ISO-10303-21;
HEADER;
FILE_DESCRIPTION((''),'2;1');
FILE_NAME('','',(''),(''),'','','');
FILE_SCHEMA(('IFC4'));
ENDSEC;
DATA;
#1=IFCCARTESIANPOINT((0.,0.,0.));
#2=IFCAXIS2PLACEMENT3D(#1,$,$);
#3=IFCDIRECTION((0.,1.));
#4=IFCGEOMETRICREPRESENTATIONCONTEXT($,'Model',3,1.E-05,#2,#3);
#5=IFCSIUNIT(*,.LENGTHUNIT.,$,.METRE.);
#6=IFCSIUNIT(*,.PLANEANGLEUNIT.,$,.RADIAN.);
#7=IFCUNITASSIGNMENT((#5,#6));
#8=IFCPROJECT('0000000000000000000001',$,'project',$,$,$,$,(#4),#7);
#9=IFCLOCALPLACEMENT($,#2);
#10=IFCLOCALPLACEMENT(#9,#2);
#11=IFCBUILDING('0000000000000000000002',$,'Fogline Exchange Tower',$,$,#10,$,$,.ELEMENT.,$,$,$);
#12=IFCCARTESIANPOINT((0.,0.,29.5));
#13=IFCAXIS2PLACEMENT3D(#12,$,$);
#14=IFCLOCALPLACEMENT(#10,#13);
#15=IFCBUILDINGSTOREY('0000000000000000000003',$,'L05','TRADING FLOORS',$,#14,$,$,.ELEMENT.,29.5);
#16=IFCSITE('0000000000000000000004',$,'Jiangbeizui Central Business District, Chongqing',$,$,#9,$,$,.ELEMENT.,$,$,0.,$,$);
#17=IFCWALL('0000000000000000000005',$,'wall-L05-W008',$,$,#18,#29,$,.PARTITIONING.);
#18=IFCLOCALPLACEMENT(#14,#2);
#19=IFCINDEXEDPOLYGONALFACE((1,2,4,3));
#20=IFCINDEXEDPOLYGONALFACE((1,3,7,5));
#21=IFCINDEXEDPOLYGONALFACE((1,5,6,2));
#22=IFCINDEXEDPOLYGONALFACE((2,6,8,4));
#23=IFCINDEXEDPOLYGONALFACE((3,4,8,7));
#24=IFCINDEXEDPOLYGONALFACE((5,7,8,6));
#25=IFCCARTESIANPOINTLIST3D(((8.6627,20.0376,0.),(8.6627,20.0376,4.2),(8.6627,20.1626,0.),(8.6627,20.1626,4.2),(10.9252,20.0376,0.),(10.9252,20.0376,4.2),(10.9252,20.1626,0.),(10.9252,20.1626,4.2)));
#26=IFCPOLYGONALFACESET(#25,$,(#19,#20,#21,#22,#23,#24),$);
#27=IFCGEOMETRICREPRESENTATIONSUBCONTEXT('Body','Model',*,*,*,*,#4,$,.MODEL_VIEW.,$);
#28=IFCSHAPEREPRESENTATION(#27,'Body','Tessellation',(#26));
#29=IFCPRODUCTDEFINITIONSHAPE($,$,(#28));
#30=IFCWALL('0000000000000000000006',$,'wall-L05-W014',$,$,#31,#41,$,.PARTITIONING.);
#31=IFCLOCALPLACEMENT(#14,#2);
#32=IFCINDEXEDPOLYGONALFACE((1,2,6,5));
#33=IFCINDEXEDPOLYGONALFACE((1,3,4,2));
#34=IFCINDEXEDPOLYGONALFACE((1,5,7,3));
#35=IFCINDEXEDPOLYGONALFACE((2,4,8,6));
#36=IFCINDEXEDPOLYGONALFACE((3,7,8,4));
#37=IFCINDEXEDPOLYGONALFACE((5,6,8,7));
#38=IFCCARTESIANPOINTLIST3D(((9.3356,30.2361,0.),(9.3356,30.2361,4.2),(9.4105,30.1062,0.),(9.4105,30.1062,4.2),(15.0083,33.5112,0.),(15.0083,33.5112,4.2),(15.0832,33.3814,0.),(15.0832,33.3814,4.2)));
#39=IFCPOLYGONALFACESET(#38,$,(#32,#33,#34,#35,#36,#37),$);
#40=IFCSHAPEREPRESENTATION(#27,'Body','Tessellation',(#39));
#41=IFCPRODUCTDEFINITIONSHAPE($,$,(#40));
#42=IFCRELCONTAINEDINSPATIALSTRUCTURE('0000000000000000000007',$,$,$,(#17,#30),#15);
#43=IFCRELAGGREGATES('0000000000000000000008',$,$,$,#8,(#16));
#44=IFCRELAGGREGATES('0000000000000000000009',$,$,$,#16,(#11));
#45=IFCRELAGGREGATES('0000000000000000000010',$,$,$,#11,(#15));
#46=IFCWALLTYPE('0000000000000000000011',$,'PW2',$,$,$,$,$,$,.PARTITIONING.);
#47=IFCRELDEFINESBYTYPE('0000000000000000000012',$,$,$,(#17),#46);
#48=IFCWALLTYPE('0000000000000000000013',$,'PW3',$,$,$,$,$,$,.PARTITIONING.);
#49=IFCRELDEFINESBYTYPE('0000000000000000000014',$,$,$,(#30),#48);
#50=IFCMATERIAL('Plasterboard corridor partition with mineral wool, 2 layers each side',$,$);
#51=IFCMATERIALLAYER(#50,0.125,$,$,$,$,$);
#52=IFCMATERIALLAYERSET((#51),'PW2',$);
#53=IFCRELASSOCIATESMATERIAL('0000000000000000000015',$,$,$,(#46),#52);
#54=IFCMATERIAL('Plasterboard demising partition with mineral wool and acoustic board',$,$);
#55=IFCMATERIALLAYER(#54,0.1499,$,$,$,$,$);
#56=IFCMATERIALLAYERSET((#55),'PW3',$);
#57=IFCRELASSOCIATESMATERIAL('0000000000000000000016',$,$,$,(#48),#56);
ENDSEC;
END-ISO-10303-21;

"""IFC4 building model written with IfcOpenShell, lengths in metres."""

from ifc_helpers import new_model, si_unit, direction, frame, frame_2d, origin, place, context, subcontext, project, spatial, rectangle, extrude, material, layer, layer_set, type_object, element, save


model = new_model("IFC4")

# Units and contexts
model_context = context("Model", 3, precision=1e-05, world=origin(), true_north=direction((0.0, 1.0)))
body_context = subcontext(model_context, "Body", "Model", "MODEL_VIEW")
ifc_project = project(units=[si_unit("LENGTHUNIT", "METRE"), si_unit("PLANEANGLEUNIT", "RADIAN")], contexts=[model_context])

# Site, building, storey
site_placement = place(None, origin())
site = spatial("IfcSite", under=ifc_project, at=site_placement, Name="Jiangbeizui Central Business District, Chongqing", CompositionType="ELEMENT", RefElevation=0.0)
building_placement = place(site_placement, origin())
building = spatial("IfcBuilding", under=site, at=building_placement, Name="Fogline Exchange Tower", CompositionType="ELEMENT")
storey_placement = place(building_placement, frame((0.0, 0.0, 29.5)))
storey = spatial("IfcBuildingStorey", under=building, at=storey_placement, Name="L05", Description="TRADING FLOORS", CompositionType="ELEMENT", Elevation=29.5)

# Shared definitions
ifc_material_1 = material(Name="Plasterboard corridor partition with mineral wool, 2 layers each side")
ifc_layer_1 = layer(ifc_material_1, 0.125)
ifc_layer_set_1 = layer_set([ifc_layer_1], Name="PW2")
wall_type_1 = type_object("IfcWallType", Name="PW2", PredefinedType="PARTITIONING", material=ifc_layer_set_1)

# Walls
wall_1_placement = place(storey_placement, frame((8.6626, 20.1001, 0.0), z_axis=(0.0, 0.0, 1.0), x_axis=(1.0, 0.0, 0.0)))
element("IfcWall", 1, at=wall_1_placement, inside=storey, type_object=wall_type_1, Name="wall-L05-W008", PredefinedType="PARTITIONING", context=body_context, shape_type="SweptSolid", body=[
    extrude(rectangle(XDim=2.2625, YDim=0.125, at=frame_2d((1.1313, 0.0))), origin(), (0.0, 0.0, 1.0), 4.2),
])
ifc_material_2 = material(Name="Plasterboard demising partition with mineral wool and acoustic board")
ifc_layer_2 = layer(ifc_material_2, 0.1499)
ifc_layer_set_2 = layer_set([ifc_layer_2], Name="PW3")
wall_type_2 = type_object("IfcWallType", Name="PW3", PredefinedType="PARTITIONING", material=ifc_layer_set_2)
wall_2_placement = place(storey_placement, frame((9.373, 30.1711, 0.0), z_axis=(0.0, 0.0, 1.0), x_axis=(0.866021, 0.500007, 0.0)))
element("IfcWall", 2, at=wall_2_placement, inside=storey, type_object=wall_type_2, Name="wall-L05-W014", PredefinedType="PARTITIONING", context=body_context, shape_type="SweptSolid", body=[
    extrude(rectangle(XDim=6.5503, YDim=0.1499, at=frame_2d((3.2751, 0.0))), origin(), (0.0, 0.0, 1.0), 4.2),
])

save(model, "model.ifc")
